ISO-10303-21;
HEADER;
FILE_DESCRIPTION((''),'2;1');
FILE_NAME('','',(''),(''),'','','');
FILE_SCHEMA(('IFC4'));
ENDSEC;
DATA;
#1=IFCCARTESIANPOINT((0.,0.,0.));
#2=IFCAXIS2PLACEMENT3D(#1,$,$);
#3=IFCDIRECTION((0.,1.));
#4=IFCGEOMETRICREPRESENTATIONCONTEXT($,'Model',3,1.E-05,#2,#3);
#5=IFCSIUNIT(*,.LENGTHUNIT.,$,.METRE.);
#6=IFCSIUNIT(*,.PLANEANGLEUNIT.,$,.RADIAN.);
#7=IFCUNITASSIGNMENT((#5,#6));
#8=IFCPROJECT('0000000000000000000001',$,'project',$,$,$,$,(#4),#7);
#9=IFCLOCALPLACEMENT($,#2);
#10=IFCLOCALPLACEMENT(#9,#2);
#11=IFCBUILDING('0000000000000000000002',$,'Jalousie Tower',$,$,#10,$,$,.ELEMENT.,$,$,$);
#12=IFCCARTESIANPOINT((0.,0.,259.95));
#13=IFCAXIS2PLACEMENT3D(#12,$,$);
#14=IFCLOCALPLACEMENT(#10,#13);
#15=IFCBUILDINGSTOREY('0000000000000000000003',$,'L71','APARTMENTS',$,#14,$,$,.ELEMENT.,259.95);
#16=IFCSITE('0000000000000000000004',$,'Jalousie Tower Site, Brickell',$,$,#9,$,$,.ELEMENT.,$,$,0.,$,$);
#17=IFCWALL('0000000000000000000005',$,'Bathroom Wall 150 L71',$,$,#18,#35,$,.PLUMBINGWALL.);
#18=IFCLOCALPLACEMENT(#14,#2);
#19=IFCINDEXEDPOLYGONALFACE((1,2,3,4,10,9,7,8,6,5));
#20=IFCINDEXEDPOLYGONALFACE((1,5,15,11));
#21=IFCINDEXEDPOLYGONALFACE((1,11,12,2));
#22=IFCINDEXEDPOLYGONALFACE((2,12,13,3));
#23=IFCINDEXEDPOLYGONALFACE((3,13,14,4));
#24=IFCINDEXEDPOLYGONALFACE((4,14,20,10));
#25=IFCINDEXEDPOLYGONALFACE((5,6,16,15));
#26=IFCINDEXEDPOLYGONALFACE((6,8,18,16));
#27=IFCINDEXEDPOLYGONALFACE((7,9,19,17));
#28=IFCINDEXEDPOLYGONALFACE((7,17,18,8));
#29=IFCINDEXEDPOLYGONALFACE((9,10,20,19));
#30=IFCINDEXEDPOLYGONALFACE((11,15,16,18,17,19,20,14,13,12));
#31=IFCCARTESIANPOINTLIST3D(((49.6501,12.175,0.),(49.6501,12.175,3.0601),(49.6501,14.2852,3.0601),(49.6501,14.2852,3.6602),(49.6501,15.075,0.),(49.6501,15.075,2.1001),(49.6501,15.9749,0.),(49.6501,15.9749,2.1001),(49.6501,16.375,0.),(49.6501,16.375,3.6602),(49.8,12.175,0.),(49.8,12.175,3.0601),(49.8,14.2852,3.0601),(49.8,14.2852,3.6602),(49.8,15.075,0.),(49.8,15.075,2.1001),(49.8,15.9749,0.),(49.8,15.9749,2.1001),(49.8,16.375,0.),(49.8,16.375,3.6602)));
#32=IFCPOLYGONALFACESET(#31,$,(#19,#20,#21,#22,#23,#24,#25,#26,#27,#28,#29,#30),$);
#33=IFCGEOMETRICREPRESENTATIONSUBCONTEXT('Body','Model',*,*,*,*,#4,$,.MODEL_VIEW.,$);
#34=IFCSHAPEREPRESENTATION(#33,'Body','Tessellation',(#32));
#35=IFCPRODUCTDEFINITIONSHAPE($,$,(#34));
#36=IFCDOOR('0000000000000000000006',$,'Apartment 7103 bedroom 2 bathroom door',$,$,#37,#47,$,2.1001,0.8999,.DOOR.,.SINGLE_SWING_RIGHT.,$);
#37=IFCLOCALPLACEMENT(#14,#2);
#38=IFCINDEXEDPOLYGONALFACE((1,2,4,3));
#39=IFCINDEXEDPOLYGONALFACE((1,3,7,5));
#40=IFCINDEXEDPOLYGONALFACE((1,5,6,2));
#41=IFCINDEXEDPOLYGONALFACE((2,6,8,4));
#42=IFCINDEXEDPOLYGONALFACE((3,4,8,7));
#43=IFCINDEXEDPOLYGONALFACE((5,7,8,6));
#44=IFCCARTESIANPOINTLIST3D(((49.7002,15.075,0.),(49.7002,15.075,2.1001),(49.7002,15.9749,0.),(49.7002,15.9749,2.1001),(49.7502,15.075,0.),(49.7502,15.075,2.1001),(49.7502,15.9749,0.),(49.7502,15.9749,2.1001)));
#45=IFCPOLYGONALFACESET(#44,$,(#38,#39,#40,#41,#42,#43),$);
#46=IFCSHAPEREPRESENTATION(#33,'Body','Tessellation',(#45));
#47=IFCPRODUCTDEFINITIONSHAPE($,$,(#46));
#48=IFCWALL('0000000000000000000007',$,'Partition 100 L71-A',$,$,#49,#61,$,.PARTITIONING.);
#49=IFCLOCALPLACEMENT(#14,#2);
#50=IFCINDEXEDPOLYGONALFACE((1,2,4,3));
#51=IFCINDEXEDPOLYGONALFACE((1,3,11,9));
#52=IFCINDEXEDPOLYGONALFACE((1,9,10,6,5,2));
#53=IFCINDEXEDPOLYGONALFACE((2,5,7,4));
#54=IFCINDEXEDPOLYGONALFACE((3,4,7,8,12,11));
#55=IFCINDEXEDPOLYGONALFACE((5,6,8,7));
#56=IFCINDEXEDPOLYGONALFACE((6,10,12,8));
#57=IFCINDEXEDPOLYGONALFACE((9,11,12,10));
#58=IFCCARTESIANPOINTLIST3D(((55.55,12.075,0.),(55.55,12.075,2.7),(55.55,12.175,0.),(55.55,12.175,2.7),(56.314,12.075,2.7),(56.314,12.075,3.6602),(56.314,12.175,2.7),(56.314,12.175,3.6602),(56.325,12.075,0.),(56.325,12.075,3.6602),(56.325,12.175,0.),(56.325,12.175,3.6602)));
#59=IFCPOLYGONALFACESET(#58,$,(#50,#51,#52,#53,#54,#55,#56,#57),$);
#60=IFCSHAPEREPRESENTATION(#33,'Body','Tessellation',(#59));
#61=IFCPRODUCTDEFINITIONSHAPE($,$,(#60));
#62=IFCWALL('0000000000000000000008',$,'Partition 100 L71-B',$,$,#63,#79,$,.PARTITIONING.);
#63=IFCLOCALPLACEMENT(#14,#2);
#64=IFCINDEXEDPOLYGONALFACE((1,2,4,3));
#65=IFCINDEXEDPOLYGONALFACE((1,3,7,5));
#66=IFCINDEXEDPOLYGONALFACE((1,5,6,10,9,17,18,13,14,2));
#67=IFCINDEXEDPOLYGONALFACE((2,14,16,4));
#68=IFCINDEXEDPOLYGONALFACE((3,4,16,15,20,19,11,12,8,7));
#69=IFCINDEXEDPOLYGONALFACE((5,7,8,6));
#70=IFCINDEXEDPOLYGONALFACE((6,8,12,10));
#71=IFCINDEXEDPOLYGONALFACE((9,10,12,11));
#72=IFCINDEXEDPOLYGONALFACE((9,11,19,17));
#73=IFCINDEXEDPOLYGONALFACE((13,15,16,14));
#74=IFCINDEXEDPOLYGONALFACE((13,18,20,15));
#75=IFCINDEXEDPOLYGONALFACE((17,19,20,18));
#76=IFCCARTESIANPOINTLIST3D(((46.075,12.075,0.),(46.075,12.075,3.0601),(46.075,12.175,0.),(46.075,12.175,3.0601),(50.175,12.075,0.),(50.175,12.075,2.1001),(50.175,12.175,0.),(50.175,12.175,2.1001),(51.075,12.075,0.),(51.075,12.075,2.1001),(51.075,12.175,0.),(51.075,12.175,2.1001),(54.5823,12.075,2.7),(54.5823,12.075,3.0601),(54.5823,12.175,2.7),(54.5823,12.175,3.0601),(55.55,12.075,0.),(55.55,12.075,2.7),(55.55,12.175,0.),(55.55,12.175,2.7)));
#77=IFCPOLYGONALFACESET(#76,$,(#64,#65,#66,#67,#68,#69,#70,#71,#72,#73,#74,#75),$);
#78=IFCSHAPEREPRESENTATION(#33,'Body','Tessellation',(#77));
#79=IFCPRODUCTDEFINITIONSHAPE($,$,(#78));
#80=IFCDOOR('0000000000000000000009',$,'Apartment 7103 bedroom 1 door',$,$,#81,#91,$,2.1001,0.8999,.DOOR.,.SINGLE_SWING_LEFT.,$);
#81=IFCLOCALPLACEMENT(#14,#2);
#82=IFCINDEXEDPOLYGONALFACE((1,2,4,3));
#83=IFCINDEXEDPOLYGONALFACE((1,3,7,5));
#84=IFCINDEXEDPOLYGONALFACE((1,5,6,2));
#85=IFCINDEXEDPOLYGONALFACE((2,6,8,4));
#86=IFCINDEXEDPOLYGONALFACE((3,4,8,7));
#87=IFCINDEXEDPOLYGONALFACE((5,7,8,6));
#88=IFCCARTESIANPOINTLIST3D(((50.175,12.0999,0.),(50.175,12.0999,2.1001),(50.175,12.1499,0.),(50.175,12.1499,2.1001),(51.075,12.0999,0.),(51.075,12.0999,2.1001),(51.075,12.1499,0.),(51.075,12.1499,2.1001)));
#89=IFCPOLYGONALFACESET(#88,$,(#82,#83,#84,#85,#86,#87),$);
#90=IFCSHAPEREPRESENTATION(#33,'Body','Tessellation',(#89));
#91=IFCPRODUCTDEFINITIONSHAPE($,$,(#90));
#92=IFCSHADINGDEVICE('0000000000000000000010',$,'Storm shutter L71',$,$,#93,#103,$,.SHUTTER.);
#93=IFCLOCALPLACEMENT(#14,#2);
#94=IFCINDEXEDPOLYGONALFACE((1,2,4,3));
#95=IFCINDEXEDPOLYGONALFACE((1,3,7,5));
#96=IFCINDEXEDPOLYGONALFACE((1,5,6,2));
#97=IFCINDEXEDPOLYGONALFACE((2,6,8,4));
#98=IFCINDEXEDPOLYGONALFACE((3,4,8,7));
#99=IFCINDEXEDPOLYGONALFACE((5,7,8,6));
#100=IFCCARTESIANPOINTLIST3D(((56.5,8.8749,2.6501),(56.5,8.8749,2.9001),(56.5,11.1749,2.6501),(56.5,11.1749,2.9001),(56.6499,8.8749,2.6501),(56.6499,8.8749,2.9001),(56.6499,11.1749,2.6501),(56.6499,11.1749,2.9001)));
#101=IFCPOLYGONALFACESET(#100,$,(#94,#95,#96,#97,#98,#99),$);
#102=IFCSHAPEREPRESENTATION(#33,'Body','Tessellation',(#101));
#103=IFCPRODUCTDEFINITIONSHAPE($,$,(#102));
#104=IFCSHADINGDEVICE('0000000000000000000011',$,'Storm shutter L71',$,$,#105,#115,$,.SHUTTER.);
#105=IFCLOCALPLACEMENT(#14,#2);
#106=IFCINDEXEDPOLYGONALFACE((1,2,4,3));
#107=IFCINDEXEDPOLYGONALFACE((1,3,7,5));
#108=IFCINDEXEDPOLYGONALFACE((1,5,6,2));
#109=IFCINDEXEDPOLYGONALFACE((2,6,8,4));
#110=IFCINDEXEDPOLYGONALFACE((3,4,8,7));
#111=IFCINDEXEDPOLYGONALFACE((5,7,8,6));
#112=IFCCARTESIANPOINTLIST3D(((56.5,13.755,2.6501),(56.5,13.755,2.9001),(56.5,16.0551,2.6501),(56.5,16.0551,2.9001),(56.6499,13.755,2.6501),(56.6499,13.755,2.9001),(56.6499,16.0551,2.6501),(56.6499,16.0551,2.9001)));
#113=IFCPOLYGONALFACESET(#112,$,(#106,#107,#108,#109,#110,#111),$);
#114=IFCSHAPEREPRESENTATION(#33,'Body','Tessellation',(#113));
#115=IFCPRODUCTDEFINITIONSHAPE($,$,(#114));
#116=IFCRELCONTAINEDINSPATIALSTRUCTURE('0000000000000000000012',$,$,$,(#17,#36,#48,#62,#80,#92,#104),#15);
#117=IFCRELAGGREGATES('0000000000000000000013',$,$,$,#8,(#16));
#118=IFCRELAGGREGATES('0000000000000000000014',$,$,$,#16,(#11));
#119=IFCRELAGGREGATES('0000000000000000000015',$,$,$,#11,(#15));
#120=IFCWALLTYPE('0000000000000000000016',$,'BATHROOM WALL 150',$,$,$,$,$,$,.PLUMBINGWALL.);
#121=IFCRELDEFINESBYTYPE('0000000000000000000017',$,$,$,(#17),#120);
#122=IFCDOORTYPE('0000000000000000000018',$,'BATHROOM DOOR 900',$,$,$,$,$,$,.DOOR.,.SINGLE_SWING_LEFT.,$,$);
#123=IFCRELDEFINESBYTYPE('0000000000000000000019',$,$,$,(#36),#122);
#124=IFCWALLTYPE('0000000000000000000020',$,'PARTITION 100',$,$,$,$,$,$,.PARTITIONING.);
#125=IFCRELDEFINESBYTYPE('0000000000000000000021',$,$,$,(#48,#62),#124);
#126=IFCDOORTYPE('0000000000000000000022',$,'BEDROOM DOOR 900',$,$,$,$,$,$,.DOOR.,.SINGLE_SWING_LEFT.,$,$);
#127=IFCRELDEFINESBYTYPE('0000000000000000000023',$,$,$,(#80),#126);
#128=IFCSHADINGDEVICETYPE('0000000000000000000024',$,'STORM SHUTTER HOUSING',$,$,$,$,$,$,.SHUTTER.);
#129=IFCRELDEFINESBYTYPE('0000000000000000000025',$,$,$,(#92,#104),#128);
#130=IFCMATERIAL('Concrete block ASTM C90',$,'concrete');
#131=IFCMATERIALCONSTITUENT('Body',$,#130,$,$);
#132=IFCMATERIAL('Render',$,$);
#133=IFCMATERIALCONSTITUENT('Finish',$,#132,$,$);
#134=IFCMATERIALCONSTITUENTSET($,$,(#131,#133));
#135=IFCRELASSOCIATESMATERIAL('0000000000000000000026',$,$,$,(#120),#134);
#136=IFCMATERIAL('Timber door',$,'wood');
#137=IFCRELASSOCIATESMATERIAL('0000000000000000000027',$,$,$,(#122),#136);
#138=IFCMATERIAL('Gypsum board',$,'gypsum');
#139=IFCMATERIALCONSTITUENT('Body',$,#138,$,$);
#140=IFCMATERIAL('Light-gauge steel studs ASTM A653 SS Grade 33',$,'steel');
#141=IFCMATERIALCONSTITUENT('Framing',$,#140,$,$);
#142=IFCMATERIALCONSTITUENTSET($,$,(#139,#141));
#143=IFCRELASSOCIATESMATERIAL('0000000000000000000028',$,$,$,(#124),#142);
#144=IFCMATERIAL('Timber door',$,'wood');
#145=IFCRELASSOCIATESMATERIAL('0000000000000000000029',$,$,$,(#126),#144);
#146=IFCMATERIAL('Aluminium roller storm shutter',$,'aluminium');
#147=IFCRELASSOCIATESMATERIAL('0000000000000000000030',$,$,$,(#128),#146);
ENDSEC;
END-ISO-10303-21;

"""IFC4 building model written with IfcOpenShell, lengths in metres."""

from ifc_helpers import new_model, si_unit, direction, frame, frame_2d, origin, origin_2d, place, context, subcontext, project, spatial, polyline, rectangle, outline, extrude, material, constituent, constituent_set, type_object, element, fill, save


model = new_model("IFC4")

# Units and contexts
model_context = context("Model", 3, precision=1e-05, world=origin(), true_north=direction((0.0, 1.0)))
body_context = subcontext(model_context, "Body", "Model", "MODEL_VIEW")
ifc_project = project(units=[si_unit("LENGTHUNIT", "METRE"), si_unit("PLANEANGLEUNIT", "RADIAN")], contexts=[model_context])

# Site, building, storey
site_placement = place(None, origin())
site = spatial("IfcSite", under=ifc_project, at=site_placement, Name="Jalousie Tower Site, Brickell", CompositionType="ELEMENT", RefElevation=0.0)
building_placement = place(site_placement, origin())
building = spatial("IfcBuilding", under=site, at=building_placement, Name="Jalousie Tower", CompositionType="ELEMENT")
storey_placement = place(building_placement, frame((0.0, 0.0, 259.95)))
storey = spatial("IfcBuildingStorey", under=building, at=storey_placement, Name="L71", Description="APARTMENTS", CompositionType="ELEMENT", Elevation=259.95)

# Wall, opening, door
ifc_material_1 = material(Name="Concrete block ASTM C90", Category="concrete")
ifc_constituent_1 = constituent(ifc_material_1, Name="Body")
ifc_material_2 = material(Name="Render")
ifc_constituent_2 = constituent(ifc_material_2, Name="Finish")
ifc_constituent_set_1 = constituent_set(constituents=[ifc_constituent_1, ifc_constituent_2])
wall_type_1 = type_object("IfcWallType", Name="BATHROOM WALL 150", PredefinedType="PLUMBINGWALL", material=ifc_constituent_set_1)
ifc_material_3 = material(Name="Timber door", Category="wood")
door_type_1 = type_object("IfcDoorType", Name="BATHROOM DOOR 900", OperationType="SINGLE_SWING_LEFT", PredefinedType="DOOR", material=ifc_material_3)
wall_1_placement = place(storey_placement, frame((49.7251, 12.175, 0.0), z_axis=(0.0, 0.0, 1.0), x_axis=(0.0, 1.0, 0.0)))
wall_1 = element("IfcWall", 1, at=wall_1_placement, inside=storey, type_object=wall_type_1, Name="Bathroom Wall 150 L71", PredefinedType="PLUMBINGWALL", context=body_context, shape_type="SweptSolid", body=[
    extrude(outline(polyline([(0.0, 0.0), (4.2, 0.0), (4.2, 3.6602), (2.1101, 3.6602), (2.1101, 3.0601), (0.0, 3.0601), (0.0, 3.6602), (0.0, 0.0)])), frame((0.0, 0.075, 0.0), z_axis=(0.0, -1.0, 0.0), x_axis=(1.0, 0.0, 0.0)), (0.0, 0.0, 1.0), 0.1499),
])
opening_1_placement = place(wall_1_placement, frame((2.8999, 0.0, 0.0)))
opening_1 = element("IfcOpeningElement", 2, at=opening_1_placement, cuts=wall_1, PredefinedType="OPENING", context=body_context, shape_type="SweptSolid", body=[
    extrude(rectangle(XDim=0.8999, YDim=2.1001, at=frame_2d((0.45, 1.05))), frame((0.0, 0.085, 0.0), z_axis=(0.0, -1.0, 0.0), x_axis=(1.0, 0.0, 0.0)), (0.0, 0.0, 1.0), 0.1699),
])
door_1_placement = place(opening_1_placement, origin())
door_1 = element("IfcDoor", 3, at=door_1_placement, inside=storey, type_object=door_type_1, Name="Apartment 7103 bedroom 2 bathroom door", OperationType="SINGLE_SWING_RIGHT", OverallHeight=2.1001, OverallWidth=0.8999, PredefinedType="DOOR", context=body_context, shape_type="SweptSolid", body=[
    extrude(rectangle(XDim=0.8999, YDim=2.1001, at=frame_2d((0.45, 1.05))), frame((0.0, 0.0249, 0.0), z_axis=(0.0, -1.0, 0.0), x_axis=(1.0, 0.0, 0.0)), (0.0, 0.0, 1.0), 0.05),
])
fill(opening_1, door_1)

# Wall
ifc_material_4 = material(Name="Gypsum board", Category="gypsum")
ifc_constituent_3 = constituent(ifc_material_4, Name="Body")
ifc_material_5 = material(Name="Light-gauge steel studs ASTM A653 SS Grade 33", Category="steel")
ifc_constituent_4 = constituent(ifc_material_5, Name="Framing")
ifc_constituent_set_2 = constituent_set(constituents=[ifc_constituent_3, ifc_constituent_4])
wall_type_2 = type_object("IfcWallType", Name="PARTITION 100", PredefinedType="PARTITIONING", material=ifc_constituent_set_2)
wall_2_placement = place(storey_placement, frame((56.325, 12.125, 0.0), z_axis=(0.0, 0.0, 1.0), x_axis=(-1.0, 0.0, 0.0)))
element("IfcWall", 4, at=wall_2_placement, inside=storey, type_object=wall_type_2, Name="Partition 100 L71-A", PredefinedType="PARTITIONING", context=body_context, shape_type="SweptSolid", body=[
    extrude(outline(polyline([(0.0, 0.0), (0.7749, 0.0), (0.7749, 2.7), (0.011, 2.7), (0.011, 3.6602), (0.0, 3.6602), (0.0, 0.0)])), frame((0.0, 0.05, 0.0), z_axis=(0.0, -1.0, 0.0), x_axis=(1.0, 0.0, 0.0)), (0.0, 0.0, 1.0), 0.1001),
])

# Wall, opening, door
wall_3_placement = place(storey_placement, frame((55.55, 12.125, 0.0), z_axis=(0.0, 0.0, 1.0), x_axis=(-1.0, 0.0, 0.0)))
wall_3 = element("IfcWall", 5, at=wall_3_placement, inside=storey, type_object=wall_type_2, Name="Partition 100 L71-B", PredefinedType="PARTITIONING", context=body_context, shape_type="SweptSolid", body=[
    extrude(outline(polyline([(0.0, 0.0), (9.4751, 0.0), (9.4751, 3.0601), (0.9678, 3.0601), (0.9678, 2.7), (0.0, 2.7), (0.0, 0.0)])), frame((0.0, 0.05, 0.0), z_axis=(0.0, -1.0, 0.0), x_axis=(1.0, 0.0, 0.0)), (0.0, 0.0, 1.0), 0.1001),
])
opening_2_placement = place(wall_3_placement, frame((4.4751, 0.0, 0.0)))
opening_2 = element("IfcOpeningElement", 6, at=opening_2_placement, cuts=wall_3, PredefinedType="OPENING", context=body_context, shape_type="SweptSolid", body=[
    extrude(rectangle(XDim=0.8999, YDim=2.1001, at=frame_2d((0.45, 1.05))), frame((0.0, 0.0601, 0.0), z_axis=(0.0, -1.0, 0.0), x_axis=(1.0, 0.0, 0.0)), (0.0, 0.0, 1.0), 0.1201),
])
ifc_material_6 = material(Name="Timber door", Category="wood")
door_type_2 = type_object("IfcDoorType", Name="BEDROOM DOOR 900", OperationType="SINGLE_SWING_LEFT", PredefinedType="DOOR", material=ifc_material_6)
door_2_placement = place(opening_2_placement, frame((0.8999, 0.0, 0.0), z_axis=(0.0, 0.0, 1.0), x_axis=(-1.0, 0.0, 0.0)))
door_2 = element("IfcDoor", 7, at=door_2_placement, inside=storey, type_object=door_type_2, Name="Apartment 7103 bedroom 1 door", OperationType="SINGLE_SWING_LEFT", OverallHeight=2.1001, OverallWidth=0.8999, PredefinedType="DOOR", context=body_context, shape_type="SweptSolid", body=[
    extrude(rectangle(XDim=0.8999, YDim=2.1001, at=frame_2d((0.45, 1.05))), frame((0.0, 0.0249, 0.0), z_axis=(0.0, -1.0, 0.0), x_axis=(1.0, 0.0, 0.0)), (0.0, 0.0, 1.0), 0.05),
])
fill(opening_2, door_2)

# Shading devices
ifc_material_7 = material(Name="Aluminium roller storm shutter", Category="aluminium")
shading_device_type = type_object("IfcShadingDeviceType", Name="STORM SHUTTER HOUSING", PredefinedType="SHUTTER", material=ifc_material_7)
for number, where, z_axis, x_axis, name in (
    (8, (56.575, 10.0249, 2.6501), (0.0, 0.0, 1.0), (0.0, 1.0, 0.0), "Storm shutter L71"),
    (9, (56.575, 14.905, 2.6501), (0.0, 0.0, 1.0), (0.0, 1.0, 0.0), "Storm shutter L71"),
):
    element("IfcShadingDevice", number, at=place(storey_placement, frame(where, z_axis=z_axis, x_axis=x_axis)), inside=storey, type_object=shading_device_type, Name=name, PredefinedType="SHUTTER", context=body_context, shape_type="SweptSolid", body=[
        extrude(rectangle(XDim=2.3, YDim=0.1499, at=origin_2d()), origin(), (0.0, 0.0, 1.0), 0.25),
    ])

save(model, "model.ifc")
